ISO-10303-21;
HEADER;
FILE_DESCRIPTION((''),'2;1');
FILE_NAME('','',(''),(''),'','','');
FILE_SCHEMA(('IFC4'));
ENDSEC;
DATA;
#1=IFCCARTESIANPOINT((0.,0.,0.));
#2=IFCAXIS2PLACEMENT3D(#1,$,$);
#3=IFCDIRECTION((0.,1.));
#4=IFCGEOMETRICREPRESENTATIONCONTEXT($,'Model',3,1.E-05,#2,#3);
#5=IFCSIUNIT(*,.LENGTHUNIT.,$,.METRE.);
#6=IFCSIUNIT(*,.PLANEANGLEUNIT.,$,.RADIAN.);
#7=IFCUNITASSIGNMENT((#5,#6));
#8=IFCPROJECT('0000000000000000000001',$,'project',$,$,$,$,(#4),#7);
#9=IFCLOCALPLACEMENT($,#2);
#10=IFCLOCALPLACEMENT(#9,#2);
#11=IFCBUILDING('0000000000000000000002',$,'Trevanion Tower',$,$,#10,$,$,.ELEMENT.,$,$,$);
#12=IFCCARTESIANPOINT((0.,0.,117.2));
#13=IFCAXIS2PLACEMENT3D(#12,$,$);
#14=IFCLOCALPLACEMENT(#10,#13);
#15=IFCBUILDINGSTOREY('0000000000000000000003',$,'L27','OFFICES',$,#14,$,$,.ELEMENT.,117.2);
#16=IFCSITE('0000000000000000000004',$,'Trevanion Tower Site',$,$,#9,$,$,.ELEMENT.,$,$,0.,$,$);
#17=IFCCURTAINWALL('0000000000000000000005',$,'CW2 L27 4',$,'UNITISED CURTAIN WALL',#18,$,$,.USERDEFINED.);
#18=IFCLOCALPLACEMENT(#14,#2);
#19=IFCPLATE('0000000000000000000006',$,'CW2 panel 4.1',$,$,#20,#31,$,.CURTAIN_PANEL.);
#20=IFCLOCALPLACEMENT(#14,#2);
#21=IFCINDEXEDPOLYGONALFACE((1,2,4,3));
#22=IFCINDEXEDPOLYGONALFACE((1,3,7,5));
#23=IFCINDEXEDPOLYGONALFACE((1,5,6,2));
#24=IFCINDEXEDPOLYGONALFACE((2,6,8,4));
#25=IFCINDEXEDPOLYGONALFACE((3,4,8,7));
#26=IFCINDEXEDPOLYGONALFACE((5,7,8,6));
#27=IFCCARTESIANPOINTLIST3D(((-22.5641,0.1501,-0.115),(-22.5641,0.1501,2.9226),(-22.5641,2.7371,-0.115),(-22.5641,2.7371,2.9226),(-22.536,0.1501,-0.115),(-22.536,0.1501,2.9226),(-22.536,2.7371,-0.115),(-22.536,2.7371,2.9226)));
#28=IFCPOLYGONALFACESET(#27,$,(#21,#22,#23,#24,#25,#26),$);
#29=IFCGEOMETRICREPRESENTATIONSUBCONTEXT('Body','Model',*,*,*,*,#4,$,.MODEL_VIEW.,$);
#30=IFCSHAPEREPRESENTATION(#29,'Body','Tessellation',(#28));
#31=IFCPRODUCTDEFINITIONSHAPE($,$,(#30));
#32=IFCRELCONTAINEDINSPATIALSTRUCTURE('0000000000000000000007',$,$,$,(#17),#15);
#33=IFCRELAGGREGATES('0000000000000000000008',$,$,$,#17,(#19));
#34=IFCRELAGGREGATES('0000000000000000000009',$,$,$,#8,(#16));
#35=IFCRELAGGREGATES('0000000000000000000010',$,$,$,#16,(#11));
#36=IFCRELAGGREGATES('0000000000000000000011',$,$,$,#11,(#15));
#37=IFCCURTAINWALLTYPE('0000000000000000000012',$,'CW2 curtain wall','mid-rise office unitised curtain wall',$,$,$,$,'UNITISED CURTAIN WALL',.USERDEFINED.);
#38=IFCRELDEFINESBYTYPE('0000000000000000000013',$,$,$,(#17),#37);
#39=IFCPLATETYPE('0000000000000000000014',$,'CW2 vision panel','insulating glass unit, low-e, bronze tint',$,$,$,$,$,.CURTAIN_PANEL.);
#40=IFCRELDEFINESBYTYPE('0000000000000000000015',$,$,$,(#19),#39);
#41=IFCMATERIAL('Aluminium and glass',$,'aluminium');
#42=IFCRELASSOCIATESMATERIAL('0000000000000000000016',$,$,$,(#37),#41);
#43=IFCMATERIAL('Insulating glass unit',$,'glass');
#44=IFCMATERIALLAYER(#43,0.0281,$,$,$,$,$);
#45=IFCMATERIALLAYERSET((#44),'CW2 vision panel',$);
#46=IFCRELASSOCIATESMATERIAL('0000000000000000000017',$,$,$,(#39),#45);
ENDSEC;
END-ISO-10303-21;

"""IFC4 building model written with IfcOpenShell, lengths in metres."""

from ifc_helpers import new_model, si_unit, direction, frame, origin, origin_2d, place, context, subcontext, project, spatial, rectangle, extrude, material, layer, layer_set, type_object, element, aggregate, save


model = new_model("IFC4")

# Units and contexts
model_context = context("Model", 3, precision=1e-05, world=origin(), true_north=direction((0.0, 1.0)))
body_context = subcontext(model_context, "Body", "Model", "MODEL_VIEW")
ifc_project = project(units=[si_unit("LENGTHUNIT", "METRE"), si_unit("PLANEANGLEUNIT", "RADIAN")], contexts=[model_context])

# Site, building, storey
site_placement = place(None, origin())
site = spatial("IfcSite", under=ifc_project, at=site_placement, Name="Trevanion Tower Site", CompositionType="ELEMENT", RefElevation=0.0)
building_placement = place(site_placement, origin())
building = spatial("IfcBuilding", under=site, at=building_placement, Name="Trevanion Tower", CompositionType="ELEMENT")
storey_placement = place(building_placement, frame((0.0, 0.0, 117.2)))
storey = spatial("IfcBuildingStorey", under=building, at=storey_placement, Name="L27", Description="OFFICES", CompositionType="ELEMENT", Elevation=117.2)

# Curtain wall, plate
ifc_material_1 = material(Name="Aluminium and glass", Category="aluminium")
curtain_wall_type = type_object("IfcCurtainWallType", Name="CW2 curtain wall", Description="mid-rise office unitised curtain wall", ElementType="UNITISED CURTAIN WALL", PredefinedType="USERDEFINED", material=ifc_material_1)
curtain_wall_placement = place(storey_placement, origin())
curtain_wall = element("IfcCurtainWall", 1, at=curtain_wall_placement, inside=storey, type_object=curtain_wall_type, Name="CW2 L27 4", ObjectType="UNITISED CURTAIN WALL", PredefinedType="USERDEFINED")
ifc_material_2 = material(Name="Insulating glass unit", Category="glass")
ifc_layer_1 = layer(ifc_material_2, 0.0281)
ifc_layer_set_1 = layer_set([ifc_layer_1], Name="CW2 vision panel")
plate_type_1 = type_object("IfcPlateType", Name="CW2 vision panel", Description="insulating glass unit, low-e, bronze tint", PredefinedType="CURTAIN_PANEL", material=ifc_layer_set_1)
plate_1_placement = place(storey_placement, frame((-22.55, 1.4436, -0.115), z_axis=(0.0, 0.0, 1.0), x_axis=(0.0, -1.0, 0.0)))
plate_1 = element("IfcPlate", 2, at=plate_1_placement, type_object=plate_type_1, Name="CW2 panel 4.1", PredefinedType="CURTAIN_PANEL", context=body_context, shape_type="SweptSolid", body=[
    extrude(rectangle(XDim=2.5869, YDim=0.0281, at=origin_2d()), origin(), (0.0, 0.0, 1.0), 3.0376),
])
aggregate(curtain_wall, [plate_1])

save(model, "model.ifc")
